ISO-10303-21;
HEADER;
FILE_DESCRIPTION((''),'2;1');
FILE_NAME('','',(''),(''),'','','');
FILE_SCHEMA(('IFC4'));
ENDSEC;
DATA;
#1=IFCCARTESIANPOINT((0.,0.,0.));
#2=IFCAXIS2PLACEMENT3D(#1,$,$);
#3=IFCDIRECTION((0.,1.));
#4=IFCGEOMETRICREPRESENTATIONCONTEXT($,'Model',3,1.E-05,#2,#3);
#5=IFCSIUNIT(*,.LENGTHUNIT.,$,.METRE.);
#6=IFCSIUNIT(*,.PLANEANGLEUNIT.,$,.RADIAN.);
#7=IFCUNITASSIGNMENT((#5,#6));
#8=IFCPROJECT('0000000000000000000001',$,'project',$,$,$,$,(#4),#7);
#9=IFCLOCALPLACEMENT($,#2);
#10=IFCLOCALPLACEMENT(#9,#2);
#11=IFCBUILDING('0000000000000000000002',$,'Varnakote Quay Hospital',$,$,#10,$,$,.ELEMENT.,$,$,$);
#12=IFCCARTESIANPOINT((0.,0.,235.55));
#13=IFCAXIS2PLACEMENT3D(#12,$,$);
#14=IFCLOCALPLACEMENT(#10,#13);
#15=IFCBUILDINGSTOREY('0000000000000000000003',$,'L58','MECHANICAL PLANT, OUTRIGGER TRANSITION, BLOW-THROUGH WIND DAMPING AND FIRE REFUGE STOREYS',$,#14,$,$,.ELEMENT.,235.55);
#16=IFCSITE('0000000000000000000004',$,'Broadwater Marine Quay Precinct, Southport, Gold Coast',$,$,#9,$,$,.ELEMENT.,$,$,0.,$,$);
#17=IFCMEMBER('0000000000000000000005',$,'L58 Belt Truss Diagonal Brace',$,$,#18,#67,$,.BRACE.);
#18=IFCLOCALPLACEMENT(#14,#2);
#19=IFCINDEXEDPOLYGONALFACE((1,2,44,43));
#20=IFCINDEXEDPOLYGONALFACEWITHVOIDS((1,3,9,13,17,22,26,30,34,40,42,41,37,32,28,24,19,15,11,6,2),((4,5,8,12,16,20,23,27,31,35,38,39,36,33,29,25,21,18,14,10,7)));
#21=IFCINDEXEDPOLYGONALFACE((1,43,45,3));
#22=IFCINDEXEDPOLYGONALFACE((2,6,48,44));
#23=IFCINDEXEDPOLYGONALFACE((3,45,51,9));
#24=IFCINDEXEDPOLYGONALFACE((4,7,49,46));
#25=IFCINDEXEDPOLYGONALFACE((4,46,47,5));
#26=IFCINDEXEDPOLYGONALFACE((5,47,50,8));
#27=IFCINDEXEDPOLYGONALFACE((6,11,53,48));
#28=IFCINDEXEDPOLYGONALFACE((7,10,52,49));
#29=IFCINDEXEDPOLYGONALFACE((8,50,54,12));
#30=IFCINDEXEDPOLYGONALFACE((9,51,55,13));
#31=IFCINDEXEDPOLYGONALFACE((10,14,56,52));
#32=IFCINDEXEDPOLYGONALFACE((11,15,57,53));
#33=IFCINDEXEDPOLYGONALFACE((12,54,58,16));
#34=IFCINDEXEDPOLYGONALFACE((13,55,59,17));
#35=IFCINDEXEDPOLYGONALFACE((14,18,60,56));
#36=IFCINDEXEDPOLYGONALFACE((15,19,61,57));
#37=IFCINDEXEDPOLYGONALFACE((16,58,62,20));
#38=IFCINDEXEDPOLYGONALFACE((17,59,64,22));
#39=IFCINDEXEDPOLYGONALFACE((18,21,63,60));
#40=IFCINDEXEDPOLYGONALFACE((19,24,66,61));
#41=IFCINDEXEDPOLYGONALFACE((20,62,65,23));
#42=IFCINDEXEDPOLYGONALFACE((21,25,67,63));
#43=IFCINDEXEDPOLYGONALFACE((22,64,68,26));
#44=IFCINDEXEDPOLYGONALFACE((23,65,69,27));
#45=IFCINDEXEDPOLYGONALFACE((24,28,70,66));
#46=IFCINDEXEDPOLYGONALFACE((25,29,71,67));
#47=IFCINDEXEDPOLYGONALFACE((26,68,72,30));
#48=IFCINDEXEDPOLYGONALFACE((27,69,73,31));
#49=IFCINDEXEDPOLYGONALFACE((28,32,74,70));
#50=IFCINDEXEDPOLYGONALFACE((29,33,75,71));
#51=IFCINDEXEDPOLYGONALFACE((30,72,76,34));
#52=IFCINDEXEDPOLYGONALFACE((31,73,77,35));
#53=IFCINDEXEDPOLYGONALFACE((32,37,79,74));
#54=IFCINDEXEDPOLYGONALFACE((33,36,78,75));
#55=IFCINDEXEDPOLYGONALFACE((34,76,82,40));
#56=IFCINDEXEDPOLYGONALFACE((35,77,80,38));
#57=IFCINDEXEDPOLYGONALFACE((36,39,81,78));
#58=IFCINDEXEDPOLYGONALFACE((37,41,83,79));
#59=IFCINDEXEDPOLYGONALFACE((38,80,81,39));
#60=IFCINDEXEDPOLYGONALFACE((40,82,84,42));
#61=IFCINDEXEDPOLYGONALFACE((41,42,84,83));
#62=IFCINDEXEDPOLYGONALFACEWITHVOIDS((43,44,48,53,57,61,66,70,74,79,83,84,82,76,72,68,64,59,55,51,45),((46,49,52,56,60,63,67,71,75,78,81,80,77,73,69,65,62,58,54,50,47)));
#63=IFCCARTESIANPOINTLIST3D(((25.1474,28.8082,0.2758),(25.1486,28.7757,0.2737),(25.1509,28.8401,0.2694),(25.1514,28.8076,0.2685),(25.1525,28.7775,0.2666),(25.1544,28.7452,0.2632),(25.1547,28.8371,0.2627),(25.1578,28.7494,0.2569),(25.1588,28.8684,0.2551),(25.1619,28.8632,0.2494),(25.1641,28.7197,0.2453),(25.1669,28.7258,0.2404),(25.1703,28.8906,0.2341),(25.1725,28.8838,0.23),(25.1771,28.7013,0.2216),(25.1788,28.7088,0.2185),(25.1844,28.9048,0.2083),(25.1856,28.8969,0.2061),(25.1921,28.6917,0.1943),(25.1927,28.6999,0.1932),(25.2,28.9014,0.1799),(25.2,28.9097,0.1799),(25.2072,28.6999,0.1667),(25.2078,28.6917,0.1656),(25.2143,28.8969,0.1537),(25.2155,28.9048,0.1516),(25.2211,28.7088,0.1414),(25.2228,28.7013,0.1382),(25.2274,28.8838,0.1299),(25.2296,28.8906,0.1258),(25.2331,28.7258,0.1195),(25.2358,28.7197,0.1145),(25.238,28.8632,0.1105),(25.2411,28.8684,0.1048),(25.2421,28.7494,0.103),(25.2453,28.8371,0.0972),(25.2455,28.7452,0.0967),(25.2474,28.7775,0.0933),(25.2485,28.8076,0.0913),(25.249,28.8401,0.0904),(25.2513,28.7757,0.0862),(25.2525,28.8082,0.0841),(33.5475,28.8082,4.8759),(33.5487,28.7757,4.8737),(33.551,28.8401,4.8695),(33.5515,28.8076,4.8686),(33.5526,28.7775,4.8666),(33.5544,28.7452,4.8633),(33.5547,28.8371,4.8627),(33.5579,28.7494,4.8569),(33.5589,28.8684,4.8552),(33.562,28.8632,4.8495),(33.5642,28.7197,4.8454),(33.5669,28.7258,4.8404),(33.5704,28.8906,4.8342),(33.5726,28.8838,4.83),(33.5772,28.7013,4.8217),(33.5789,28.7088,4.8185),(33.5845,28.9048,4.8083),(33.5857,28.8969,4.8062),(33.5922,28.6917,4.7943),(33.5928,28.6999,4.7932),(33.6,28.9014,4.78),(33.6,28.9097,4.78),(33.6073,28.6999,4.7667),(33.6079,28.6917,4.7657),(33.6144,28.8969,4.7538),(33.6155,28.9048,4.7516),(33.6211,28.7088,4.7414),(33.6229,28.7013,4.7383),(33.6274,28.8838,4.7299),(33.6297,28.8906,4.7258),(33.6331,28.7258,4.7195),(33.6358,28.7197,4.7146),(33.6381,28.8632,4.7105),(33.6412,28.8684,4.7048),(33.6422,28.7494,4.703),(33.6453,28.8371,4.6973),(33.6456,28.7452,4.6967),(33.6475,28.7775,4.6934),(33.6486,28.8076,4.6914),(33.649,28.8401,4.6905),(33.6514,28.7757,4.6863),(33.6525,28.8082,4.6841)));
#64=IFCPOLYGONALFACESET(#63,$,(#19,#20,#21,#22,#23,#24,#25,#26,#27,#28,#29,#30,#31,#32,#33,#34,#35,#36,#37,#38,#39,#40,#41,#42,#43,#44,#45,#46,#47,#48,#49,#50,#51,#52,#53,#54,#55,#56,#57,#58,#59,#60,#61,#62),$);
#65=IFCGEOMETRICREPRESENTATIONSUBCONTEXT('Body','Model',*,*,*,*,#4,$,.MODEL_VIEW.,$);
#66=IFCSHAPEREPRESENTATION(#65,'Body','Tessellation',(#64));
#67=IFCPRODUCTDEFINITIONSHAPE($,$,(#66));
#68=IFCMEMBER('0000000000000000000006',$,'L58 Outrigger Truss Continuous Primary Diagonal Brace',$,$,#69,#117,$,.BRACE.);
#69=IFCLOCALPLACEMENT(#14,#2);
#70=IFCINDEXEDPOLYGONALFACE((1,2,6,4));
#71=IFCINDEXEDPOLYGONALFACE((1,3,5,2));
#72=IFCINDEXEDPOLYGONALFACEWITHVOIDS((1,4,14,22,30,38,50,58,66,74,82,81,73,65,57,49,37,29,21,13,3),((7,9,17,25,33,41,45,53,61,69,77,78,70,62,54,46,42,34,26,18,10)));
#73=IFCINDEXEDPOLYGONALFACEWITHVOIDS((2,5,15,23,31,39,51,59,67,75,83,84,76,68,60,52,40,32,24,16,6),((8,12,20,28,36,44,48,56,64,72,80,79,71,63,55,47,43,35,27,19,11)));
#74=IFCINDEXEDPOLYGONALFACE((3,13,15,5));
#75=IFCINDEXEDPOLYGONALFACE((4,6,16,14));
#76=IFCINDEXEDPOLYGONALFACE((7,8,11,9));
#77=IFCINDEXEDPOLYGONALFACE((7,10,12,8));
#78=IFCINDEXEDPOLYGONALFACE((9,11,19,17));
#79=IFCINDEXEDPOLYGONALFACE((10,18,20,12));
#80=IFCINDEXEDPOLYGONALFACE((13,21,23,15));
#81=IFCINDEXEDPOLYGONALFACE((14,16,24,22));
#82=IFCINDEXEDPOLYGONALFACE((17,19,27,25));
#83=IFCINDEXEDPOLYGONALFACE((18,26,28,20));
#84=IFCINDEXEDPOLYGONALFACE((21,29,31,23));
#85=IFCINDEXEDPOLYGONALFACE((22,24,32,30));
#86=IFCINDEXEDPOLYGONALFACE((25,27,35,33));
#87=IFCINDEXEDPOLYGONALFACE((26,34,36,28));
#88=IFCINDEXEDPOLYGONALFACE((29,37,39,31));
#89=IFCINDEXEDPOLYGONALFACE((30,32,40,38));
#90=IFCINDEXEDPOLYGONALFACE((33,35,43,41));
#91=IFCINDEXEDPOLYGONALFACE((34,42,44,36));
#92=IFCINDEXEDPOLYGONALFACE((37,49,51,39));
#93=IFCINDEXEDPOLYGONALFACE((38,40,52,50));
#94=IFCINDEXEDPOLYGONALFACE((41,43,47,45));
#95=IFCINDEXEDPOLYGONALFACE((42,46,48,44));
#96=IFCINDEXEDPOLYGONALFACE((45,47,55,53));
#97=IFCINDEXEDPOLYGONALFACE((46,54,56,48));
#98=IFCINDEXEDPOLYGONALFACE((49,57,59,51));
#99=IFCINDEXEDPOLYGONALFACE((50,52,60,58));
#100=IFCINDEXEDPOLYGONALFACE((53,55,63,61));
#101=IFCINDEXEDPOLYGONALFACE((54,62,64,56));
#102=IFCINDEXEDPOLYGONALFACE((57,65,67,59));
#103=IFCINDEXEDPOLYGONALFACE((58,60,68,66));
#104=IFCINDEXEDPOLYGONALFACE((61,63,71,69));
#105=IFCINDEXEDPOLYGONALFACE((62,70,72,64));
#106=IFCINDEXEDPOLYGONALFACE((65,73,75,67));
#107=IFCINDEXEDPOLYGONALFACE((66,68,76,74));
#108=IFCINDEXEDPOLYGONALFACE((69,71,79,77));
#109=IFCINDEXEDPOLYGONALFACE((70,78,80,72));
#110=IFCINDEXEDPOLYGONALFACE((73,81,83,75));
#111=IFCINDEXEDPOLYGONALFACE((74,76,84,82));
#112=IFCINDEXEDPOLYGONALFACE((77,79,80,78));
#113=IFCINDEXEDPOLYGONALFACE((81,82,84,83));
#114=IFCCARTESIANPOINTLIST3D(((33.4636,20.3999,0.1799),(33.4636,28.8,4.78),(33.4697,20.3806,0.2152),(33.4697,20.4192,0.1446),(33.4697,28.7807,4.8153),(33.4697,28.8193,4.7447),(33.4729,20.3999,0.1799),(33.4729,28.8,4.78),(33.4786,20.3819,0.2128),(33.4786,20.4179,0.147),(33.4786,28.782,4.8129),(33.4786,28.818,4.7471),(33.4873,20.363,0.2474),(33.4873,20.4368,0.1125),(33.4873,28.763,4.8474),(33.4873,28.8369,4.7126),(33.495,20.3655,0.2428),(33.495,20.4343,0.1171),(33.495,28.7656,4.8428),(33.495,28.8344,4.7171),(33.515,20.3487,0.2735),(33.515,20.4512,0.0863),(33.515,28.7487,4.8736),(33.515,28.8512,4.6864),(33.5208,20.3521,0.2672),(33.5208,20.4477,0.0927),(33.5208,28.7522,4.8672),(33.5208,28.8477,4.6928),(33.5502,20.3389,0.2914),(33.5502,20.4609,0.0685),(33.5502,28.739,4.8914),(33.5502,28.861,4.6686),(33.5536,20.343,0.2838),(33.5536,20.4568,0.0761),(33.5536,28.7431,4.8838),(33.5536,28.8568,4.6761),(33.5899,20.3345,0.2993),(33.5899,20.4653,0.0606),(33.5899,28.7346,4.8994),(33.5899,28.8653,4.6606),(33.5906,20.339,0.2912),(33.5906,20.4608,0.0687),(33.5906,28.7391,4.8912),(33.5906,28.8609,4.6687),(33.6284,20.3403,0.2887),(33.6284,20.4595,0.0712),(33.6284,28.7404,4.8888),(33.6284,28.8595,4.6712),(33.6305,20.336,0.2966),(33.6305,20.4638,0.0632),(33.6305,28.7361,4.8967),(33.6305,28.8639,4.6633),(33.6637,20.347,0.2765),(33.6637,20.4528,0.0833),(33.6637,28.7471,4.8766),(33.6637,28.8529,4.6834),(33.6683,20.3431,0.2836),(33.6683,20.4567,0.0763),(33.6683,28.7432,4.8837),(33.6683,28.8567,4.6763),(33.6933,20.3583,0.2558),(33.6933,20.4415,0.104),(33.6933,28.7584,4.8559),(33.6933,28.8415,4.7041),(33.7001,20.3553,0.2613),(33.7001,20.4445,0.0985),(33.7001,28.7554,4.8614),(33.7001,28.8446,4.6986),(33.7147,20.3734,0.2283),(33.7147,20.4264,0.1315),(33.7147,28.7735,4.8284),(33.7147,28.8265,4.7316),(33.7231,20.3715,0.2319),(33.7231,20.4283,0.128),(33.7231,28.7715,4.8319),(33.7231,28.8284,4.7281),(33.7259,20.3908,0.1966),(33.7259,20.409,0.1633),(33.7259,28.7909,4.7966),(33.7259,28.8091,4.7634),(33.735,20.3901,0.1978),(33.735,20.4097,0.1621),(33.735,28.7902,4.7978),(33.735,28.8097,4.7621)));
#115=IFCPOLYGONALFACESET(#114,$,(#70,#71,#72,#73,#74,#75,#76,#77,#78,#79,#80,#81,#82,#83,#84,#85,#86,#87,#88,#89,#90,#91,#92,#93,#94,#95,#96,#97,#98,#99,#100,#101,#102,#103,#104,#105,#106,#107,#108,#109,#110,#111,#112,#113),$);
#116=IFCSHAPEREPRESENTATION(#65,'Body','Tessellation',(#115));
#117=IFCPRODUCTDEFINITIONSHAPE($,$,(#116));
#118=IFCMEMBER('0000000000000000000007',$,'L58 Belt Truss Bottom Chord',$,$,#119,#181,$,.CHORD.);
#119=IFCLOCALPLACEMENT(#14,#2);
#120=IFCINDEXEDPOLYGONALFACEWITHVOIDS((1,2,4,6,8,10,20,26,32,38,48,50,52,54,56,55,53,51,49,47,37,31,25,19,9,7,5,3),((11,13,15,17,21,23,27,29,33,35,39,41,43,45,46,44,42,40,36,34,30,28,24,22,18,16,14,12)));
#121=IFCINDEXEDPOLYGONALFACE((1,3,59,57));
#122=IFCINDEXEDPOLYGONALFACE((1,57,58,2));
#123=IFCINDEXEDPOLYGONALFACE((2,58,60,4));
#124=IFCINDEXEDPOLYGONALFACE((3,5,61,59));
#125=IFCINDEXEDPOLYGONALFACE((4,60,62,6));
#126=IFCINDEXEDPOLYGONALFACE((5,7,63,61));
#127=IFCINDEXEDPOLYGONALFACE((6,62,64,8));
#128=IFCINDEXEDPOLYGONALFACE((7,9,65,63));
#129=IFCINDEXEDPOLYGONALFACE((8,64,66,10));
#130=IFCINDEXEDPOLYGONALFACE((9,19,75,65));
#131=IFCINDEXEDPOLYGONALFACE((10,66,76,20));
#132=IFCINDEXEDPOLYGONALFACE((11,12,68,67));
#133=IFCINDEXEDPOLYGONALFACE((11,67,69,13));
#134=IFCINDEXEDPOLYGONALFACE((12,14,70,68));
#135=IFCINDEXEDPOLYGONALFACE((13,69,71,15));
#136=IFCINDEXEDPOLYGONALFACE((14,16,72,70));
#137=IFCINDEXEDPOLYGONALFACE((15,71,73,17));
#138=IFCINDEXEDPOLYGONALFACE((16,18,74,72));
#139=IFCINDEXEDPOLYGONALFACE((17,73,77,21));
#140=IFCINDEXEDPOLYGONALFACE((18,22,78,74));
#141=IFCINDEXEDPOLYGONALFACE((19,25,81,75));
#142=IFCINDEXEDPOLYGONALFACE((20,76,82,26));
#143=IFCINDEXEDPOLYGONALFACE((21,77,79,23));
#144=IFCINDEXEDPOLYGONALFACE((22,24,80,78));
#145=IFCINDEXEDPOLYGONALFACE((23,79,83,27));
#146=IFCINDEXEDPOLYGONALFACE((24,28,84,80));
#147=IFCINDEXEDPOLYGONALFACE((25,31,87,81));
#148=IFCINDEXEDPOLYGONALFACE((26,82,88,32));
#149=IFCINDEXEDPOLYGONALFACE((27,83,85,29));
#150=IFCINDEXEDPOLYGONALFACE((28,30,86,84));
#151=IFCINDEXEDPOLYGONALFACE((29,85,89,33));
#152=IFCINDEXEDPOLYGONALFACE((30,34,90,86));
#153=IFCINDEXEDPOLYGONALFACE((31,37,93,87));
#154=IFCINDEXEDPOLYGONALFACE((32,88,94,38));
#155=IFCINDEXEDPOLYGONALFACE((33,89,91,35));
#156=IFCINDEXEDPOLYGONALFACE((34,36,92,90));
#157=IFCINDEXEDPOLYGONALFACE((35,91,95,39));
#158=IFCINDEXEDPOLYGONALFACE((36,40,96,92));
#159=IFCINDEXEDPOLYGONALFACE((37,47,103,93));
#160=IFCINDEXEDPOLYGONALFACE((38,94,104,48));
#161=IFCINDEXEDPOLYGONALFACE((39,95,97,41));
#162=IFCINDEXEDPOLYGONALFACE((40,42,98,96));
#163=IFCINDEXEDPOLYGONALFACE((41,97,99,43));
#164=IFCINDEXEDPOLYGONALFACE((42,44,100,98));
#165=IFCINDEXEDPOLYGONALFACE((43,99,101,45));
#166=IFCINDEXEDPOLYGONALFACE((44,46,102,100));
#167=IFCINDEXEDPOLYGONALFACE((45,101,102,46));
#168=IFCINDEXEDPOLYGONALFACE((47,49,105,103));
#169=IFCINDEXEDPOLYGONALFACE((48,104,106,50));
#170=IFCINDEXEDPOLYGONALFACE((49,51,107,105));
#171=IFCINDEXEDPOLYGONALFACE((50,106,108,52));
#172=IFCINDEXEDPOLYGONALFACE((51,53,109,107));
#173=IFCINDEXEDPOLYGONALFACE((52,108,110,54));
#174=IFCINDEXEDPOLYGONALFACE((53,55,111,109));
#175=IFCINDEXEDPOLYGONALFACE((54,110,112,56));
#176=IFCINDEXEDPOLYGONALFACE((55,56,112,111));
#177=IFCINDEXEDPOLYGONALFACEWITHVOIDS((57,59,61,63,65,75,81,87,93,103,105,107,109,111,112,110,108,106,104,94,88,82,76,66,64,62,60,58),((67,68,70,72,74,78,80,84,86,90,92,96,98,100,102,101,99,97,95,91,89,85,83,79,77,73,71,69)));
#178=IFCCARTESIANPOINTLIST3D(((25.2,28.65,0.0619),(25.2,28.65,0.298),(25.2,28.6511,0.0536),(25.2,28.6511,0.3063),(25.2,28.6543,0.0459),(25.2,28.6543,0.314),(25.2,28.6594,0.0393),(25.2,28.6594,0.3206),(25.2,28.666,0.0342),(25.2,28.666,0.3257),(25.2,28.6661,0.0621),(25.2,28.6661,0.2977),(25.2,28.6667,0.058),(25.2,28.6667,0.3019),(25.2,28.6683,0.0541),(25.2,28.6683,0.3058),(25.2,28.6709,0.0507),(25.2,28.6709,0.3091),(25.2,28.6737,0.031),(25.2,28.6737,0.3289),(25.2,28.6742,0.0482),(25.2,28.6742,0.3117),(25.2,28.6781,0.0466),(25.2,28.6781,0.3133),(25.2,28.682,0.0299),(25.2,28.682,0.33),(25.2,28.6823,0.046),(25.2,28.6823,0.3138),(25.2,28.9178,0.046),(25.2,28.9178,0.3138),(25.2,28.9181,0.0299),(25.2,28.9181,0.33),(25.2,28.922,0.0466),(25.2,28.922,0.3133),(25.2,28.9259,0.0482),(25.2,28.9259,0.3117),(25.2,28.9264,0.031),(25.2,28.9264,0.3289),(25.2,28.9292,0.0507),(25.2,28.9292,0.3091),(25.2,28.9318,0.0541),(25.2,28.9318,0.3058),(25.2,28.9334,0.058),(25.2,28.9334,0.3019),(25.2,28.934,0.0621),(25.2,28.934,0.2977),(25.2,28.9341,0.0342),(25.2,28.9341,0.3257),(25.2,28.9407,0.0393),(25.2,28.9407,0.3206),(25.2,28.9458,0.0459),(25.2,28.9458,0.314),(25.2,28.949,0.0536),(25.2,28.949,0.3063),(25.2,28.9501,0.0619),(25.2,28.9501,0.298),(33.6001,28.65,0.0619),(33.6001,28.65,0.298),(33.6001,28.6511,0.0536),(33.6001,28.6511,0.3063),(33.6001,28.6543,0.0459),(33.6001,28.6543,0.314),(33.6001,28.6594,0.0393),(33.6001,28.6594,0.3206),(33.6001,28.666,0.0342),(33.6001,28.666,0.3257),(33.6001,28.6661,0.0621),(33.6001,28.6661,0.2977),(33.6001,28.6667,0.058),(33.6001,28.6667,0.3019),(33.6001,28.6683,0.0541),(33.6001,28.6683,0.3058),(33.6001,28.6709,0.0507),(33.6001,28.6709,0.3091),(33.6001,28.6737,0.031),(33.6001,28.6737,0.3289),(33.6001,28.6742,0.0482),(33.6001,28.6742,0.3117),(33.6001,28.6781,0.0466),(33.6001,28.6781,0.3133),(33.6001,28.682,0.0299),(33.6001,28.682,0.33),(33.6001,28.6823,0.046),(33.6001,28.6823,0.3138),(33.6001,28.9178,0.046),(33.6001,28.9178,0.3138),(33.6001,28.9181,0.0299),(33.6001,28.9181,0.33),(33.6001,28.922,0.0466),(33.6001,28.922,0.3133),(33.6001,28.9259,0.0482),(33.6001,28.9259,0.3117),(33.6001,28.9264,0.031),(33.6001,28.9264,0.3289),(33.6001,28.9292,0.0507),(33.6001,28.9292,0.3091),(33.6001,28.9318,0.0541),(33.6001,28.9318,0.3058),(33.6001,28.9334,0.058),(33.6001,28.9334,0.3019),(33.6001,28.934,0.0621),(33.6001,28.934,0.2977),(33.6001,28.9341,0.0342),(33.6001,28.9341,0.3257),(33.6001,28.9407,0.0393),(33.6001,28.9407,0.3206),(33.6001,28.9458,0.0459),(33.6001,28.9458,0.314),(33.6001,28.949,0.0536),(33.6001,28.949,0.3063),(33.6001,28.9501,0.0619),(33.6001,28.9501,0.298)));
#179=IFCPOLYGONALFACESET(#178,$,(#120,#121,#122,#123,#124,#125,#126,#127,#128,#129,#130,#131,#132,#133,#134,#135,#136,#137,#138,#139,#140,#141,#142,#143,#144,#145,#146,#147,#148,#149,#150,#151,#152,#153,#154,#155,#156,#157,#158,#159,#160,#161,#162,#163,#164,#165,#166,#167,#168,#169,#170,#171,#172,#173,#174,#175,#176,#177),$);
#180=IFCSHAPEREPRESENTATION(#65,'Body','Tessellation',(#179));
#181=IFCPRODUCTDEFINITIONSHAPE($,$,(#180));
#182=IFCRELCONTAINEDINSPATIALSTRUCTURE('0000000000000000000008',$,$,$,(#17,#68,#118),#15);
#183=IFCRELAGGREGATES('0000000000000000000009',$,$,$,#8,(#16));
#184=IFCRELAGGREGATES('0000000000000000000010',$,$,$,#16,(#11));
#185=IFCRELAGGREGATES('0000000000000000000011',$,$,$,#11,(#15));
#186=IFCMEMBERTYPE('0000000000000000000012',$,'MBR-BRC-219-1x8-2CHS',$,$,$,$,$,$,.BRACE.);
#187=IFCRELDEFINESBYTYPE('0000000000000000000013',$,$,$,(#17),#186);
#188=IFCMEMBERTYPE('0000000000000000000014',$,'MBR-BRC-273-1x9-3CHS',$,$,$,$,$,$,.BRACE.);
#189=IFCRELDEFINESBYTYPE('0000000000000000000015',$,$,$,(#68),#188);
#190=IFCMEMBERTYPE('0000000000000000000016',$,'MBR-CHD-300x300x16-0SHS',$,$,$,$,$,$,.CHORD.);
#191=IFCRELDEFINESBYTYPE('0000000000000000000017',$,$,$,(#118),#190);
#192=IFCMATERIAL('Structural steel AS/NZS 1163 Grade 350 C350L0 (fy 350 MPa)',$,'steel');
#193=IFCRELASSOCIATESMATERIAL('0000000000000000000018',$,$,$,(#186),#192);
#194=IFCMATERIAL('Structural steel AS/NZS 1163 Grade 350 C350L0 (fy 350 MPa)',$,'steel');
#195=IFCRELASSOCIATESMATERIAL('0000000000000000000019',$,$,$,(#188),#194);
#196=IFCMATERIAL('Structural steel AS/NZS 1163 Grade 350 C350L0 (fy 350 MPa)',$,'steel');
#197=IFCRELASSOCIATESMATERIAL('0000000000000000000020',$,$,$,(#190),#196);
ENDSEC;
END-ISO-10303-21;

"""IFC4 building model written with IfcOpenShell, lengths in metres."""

from ifc_helpers import new_model, si_unit, direction, frame, origin, origin_2d, place, context, subcontext, project, spatial, hollow_rectangle, hollow_circle, extrude, material, material_profile, profile_set, type_object, element, save


model = new_model("IFC4")

# Units and contexts
model_context = context("Model", 3, precision=1e-05, world=origin(), true_north=direction((0.0, 1.0)))
body_context = subcontext(model_context, "Body", "Model", "MODEL_VIEW")
ifc_project = project(units=[si_unit("LENGTHUNIT", "METRE"), si_unit("PLANEANGLEUNIT", "RADIAN")], contexts=[model_context])

# Site, building, storey
site_placement = place(None, origin())
site = spatial("IfcSite", under=ifc_project, at=site_placement, Name="Broadwater Marine Quay Precinct, Southport, Gold Coast", CompositionType="ELEMENT", RefElevation=0.0)
building_placement = place(site_placement, origin())
building = spatial("IfcBuilding", under=site, at=building_placement, Name="Varnakote Quay Hospital", CompositionType="ELEMENT")
storey_placement = place(building_placement, frame((0.0, 0.0, 235.55)))
storey = spatial("IfcBuildingStorey", under=building, at=storey_placement, Name="L58", Description="MECHANICAL PLANT, OUTRIGGER TRANSITION, BLOW-THROUGH WIND DAMPING AND FIRE REFUGE STOREYS", CompositionType="ELEMENT", Elevation=235.55)

# Members
ifc_material_1 = material(Name="Structural steel AS/NZS 1163 Grade 350 C350L0 (fy 350 MPa)", Category="steel")
ifc_material_profile_1 = material_profile(ifc_material_1, hollow_circle(Radius=0.1096, WallThickness=0.0083, at=origin_2d()), Name="219.1x8.2CHS")
ifc_profile_set_1 = profile_set([ifc_material_profile_1], Name="Structural steel AS/NZS 1163 Grade 350 C350L0 (fy 350 MPa)")
member_type_1 = type_object("IfcMemberType", Name="MBR-BRC-219-1x8-2CHS", PredefinedType="BRACE", material=ifc_profile_set_1)
member_1_placement = place(storey_placement, frame((25.2, 28.8, 0.1799), z_axis=(0.877096, 0.0, 0.480316), x_axis=(0.0, 1.0, 0.0)))
element("IfcMember", 1, at=member_1_placement, inside=storey, type_object=member_type_1, Name="L58 Belt Truss Diagonal Brace", PredefinedType="BRACE", context=body_context, shape_type="SweptSolid", body=[
    extrude(hollow_circle(Radius=0.1096, WallThickness=0.0083, at=origin_2d()), origin(), (0.0, 0.0, 1.0), 9.5771),
])
ifc_material_2 = material(Name="Structural steel AS/NZS 1163 Grade 350 C350L0 (fy 350 MPa)", Category="steel")
ifc_material_profile_2 = material_profile(ifc_material_2, hollow_circle(Radius=0.1365, WallThickness=0.0093, at=origin_2d()), Name="273.1x9.3CHS")
ifc_profile_set_2 = profile_set([ifc_material_profile_2], Name="Structural steel AS/NZS 1163 Grade 350 C350L0 (fy 350 MPa)")
member_type_2 = type_object("IfcMemberType", Name="MBR-BRC-273-1x9-3CHS", PredefinedType="BRACE", material=ifc_profile_set_2)
member_2_placement = place(storey_placement, frame((33.6001, 20.3999, 0.1799), z_axis=(0.0, 0.877096, 0.480316), x_axis=(-1.0, 0.0, 0.0)))
element("IfcMember", 2, at=member_2_placement, inside=storey, type_object=member_type_2, Name="L58 Outrigger Truss Continuous Primary Diagonal Brace", PredefinedType="BRACE", context=body_context, shape_type="SweptSolid", body=[
    extrude(hollow_circle(Radius=0.1365, WallThickness=0.0093, at=origin_2d()), origin(), (0.0, 0.0, 1.0), 9.5771),
])
ifc_material_3 = material(Name="Structural steel AS/NZS 1163 Grade 350 C350L0 (fy 350 MPa)", Category="steel")
ifc_material_profile_3 = material_profile(ifc_material_3, hollow_rectangle(XDim=0.3, YDim=0.3, WallThickness=0.0161, InnerFilletRadius=0.0161, OuterFilletRadius=0.032, at=origin_2d()), Name="300x300x16.0SHS")
ifc_profile_set_3 = profile_set([ifc_material_profile_3], Name="Structural steel AS/NZS 1163 Grade 350 C350L0 (fy 350 MPa)")
member_type_3 = type_object("IfcMemberType", Name="MBR-CHD-300x300x16-0SHS", PredefinedType="CHORD", material=ifc_profile_set_3)
member_3_placement = place(storey_placement, frame((25.2, 28.8, 0.1799), z_axis=(1.0, 0.0, 0.0), x_axis=(0.0, 1.0, 0.0)))
element("IfcMember", 3, at=member_3_placement, inside=storey, type_object=member_type_3, Name="L58 Belt Truss Bottom Chord", PredefinedType="CHORD", context=body_context, shape_type="SweptSolid", body=[
    extrude(hollow_rectangle(XDim=0.3, YDim=0.3, WallThickness=0.0161, InnerFilletRadius=0.0161, OuterFilletRadius=0.032, at=origin_2d()), origin(), (0.0, 0.0, 1.0), 8.4001),
])

save(model, "model.ifc")
